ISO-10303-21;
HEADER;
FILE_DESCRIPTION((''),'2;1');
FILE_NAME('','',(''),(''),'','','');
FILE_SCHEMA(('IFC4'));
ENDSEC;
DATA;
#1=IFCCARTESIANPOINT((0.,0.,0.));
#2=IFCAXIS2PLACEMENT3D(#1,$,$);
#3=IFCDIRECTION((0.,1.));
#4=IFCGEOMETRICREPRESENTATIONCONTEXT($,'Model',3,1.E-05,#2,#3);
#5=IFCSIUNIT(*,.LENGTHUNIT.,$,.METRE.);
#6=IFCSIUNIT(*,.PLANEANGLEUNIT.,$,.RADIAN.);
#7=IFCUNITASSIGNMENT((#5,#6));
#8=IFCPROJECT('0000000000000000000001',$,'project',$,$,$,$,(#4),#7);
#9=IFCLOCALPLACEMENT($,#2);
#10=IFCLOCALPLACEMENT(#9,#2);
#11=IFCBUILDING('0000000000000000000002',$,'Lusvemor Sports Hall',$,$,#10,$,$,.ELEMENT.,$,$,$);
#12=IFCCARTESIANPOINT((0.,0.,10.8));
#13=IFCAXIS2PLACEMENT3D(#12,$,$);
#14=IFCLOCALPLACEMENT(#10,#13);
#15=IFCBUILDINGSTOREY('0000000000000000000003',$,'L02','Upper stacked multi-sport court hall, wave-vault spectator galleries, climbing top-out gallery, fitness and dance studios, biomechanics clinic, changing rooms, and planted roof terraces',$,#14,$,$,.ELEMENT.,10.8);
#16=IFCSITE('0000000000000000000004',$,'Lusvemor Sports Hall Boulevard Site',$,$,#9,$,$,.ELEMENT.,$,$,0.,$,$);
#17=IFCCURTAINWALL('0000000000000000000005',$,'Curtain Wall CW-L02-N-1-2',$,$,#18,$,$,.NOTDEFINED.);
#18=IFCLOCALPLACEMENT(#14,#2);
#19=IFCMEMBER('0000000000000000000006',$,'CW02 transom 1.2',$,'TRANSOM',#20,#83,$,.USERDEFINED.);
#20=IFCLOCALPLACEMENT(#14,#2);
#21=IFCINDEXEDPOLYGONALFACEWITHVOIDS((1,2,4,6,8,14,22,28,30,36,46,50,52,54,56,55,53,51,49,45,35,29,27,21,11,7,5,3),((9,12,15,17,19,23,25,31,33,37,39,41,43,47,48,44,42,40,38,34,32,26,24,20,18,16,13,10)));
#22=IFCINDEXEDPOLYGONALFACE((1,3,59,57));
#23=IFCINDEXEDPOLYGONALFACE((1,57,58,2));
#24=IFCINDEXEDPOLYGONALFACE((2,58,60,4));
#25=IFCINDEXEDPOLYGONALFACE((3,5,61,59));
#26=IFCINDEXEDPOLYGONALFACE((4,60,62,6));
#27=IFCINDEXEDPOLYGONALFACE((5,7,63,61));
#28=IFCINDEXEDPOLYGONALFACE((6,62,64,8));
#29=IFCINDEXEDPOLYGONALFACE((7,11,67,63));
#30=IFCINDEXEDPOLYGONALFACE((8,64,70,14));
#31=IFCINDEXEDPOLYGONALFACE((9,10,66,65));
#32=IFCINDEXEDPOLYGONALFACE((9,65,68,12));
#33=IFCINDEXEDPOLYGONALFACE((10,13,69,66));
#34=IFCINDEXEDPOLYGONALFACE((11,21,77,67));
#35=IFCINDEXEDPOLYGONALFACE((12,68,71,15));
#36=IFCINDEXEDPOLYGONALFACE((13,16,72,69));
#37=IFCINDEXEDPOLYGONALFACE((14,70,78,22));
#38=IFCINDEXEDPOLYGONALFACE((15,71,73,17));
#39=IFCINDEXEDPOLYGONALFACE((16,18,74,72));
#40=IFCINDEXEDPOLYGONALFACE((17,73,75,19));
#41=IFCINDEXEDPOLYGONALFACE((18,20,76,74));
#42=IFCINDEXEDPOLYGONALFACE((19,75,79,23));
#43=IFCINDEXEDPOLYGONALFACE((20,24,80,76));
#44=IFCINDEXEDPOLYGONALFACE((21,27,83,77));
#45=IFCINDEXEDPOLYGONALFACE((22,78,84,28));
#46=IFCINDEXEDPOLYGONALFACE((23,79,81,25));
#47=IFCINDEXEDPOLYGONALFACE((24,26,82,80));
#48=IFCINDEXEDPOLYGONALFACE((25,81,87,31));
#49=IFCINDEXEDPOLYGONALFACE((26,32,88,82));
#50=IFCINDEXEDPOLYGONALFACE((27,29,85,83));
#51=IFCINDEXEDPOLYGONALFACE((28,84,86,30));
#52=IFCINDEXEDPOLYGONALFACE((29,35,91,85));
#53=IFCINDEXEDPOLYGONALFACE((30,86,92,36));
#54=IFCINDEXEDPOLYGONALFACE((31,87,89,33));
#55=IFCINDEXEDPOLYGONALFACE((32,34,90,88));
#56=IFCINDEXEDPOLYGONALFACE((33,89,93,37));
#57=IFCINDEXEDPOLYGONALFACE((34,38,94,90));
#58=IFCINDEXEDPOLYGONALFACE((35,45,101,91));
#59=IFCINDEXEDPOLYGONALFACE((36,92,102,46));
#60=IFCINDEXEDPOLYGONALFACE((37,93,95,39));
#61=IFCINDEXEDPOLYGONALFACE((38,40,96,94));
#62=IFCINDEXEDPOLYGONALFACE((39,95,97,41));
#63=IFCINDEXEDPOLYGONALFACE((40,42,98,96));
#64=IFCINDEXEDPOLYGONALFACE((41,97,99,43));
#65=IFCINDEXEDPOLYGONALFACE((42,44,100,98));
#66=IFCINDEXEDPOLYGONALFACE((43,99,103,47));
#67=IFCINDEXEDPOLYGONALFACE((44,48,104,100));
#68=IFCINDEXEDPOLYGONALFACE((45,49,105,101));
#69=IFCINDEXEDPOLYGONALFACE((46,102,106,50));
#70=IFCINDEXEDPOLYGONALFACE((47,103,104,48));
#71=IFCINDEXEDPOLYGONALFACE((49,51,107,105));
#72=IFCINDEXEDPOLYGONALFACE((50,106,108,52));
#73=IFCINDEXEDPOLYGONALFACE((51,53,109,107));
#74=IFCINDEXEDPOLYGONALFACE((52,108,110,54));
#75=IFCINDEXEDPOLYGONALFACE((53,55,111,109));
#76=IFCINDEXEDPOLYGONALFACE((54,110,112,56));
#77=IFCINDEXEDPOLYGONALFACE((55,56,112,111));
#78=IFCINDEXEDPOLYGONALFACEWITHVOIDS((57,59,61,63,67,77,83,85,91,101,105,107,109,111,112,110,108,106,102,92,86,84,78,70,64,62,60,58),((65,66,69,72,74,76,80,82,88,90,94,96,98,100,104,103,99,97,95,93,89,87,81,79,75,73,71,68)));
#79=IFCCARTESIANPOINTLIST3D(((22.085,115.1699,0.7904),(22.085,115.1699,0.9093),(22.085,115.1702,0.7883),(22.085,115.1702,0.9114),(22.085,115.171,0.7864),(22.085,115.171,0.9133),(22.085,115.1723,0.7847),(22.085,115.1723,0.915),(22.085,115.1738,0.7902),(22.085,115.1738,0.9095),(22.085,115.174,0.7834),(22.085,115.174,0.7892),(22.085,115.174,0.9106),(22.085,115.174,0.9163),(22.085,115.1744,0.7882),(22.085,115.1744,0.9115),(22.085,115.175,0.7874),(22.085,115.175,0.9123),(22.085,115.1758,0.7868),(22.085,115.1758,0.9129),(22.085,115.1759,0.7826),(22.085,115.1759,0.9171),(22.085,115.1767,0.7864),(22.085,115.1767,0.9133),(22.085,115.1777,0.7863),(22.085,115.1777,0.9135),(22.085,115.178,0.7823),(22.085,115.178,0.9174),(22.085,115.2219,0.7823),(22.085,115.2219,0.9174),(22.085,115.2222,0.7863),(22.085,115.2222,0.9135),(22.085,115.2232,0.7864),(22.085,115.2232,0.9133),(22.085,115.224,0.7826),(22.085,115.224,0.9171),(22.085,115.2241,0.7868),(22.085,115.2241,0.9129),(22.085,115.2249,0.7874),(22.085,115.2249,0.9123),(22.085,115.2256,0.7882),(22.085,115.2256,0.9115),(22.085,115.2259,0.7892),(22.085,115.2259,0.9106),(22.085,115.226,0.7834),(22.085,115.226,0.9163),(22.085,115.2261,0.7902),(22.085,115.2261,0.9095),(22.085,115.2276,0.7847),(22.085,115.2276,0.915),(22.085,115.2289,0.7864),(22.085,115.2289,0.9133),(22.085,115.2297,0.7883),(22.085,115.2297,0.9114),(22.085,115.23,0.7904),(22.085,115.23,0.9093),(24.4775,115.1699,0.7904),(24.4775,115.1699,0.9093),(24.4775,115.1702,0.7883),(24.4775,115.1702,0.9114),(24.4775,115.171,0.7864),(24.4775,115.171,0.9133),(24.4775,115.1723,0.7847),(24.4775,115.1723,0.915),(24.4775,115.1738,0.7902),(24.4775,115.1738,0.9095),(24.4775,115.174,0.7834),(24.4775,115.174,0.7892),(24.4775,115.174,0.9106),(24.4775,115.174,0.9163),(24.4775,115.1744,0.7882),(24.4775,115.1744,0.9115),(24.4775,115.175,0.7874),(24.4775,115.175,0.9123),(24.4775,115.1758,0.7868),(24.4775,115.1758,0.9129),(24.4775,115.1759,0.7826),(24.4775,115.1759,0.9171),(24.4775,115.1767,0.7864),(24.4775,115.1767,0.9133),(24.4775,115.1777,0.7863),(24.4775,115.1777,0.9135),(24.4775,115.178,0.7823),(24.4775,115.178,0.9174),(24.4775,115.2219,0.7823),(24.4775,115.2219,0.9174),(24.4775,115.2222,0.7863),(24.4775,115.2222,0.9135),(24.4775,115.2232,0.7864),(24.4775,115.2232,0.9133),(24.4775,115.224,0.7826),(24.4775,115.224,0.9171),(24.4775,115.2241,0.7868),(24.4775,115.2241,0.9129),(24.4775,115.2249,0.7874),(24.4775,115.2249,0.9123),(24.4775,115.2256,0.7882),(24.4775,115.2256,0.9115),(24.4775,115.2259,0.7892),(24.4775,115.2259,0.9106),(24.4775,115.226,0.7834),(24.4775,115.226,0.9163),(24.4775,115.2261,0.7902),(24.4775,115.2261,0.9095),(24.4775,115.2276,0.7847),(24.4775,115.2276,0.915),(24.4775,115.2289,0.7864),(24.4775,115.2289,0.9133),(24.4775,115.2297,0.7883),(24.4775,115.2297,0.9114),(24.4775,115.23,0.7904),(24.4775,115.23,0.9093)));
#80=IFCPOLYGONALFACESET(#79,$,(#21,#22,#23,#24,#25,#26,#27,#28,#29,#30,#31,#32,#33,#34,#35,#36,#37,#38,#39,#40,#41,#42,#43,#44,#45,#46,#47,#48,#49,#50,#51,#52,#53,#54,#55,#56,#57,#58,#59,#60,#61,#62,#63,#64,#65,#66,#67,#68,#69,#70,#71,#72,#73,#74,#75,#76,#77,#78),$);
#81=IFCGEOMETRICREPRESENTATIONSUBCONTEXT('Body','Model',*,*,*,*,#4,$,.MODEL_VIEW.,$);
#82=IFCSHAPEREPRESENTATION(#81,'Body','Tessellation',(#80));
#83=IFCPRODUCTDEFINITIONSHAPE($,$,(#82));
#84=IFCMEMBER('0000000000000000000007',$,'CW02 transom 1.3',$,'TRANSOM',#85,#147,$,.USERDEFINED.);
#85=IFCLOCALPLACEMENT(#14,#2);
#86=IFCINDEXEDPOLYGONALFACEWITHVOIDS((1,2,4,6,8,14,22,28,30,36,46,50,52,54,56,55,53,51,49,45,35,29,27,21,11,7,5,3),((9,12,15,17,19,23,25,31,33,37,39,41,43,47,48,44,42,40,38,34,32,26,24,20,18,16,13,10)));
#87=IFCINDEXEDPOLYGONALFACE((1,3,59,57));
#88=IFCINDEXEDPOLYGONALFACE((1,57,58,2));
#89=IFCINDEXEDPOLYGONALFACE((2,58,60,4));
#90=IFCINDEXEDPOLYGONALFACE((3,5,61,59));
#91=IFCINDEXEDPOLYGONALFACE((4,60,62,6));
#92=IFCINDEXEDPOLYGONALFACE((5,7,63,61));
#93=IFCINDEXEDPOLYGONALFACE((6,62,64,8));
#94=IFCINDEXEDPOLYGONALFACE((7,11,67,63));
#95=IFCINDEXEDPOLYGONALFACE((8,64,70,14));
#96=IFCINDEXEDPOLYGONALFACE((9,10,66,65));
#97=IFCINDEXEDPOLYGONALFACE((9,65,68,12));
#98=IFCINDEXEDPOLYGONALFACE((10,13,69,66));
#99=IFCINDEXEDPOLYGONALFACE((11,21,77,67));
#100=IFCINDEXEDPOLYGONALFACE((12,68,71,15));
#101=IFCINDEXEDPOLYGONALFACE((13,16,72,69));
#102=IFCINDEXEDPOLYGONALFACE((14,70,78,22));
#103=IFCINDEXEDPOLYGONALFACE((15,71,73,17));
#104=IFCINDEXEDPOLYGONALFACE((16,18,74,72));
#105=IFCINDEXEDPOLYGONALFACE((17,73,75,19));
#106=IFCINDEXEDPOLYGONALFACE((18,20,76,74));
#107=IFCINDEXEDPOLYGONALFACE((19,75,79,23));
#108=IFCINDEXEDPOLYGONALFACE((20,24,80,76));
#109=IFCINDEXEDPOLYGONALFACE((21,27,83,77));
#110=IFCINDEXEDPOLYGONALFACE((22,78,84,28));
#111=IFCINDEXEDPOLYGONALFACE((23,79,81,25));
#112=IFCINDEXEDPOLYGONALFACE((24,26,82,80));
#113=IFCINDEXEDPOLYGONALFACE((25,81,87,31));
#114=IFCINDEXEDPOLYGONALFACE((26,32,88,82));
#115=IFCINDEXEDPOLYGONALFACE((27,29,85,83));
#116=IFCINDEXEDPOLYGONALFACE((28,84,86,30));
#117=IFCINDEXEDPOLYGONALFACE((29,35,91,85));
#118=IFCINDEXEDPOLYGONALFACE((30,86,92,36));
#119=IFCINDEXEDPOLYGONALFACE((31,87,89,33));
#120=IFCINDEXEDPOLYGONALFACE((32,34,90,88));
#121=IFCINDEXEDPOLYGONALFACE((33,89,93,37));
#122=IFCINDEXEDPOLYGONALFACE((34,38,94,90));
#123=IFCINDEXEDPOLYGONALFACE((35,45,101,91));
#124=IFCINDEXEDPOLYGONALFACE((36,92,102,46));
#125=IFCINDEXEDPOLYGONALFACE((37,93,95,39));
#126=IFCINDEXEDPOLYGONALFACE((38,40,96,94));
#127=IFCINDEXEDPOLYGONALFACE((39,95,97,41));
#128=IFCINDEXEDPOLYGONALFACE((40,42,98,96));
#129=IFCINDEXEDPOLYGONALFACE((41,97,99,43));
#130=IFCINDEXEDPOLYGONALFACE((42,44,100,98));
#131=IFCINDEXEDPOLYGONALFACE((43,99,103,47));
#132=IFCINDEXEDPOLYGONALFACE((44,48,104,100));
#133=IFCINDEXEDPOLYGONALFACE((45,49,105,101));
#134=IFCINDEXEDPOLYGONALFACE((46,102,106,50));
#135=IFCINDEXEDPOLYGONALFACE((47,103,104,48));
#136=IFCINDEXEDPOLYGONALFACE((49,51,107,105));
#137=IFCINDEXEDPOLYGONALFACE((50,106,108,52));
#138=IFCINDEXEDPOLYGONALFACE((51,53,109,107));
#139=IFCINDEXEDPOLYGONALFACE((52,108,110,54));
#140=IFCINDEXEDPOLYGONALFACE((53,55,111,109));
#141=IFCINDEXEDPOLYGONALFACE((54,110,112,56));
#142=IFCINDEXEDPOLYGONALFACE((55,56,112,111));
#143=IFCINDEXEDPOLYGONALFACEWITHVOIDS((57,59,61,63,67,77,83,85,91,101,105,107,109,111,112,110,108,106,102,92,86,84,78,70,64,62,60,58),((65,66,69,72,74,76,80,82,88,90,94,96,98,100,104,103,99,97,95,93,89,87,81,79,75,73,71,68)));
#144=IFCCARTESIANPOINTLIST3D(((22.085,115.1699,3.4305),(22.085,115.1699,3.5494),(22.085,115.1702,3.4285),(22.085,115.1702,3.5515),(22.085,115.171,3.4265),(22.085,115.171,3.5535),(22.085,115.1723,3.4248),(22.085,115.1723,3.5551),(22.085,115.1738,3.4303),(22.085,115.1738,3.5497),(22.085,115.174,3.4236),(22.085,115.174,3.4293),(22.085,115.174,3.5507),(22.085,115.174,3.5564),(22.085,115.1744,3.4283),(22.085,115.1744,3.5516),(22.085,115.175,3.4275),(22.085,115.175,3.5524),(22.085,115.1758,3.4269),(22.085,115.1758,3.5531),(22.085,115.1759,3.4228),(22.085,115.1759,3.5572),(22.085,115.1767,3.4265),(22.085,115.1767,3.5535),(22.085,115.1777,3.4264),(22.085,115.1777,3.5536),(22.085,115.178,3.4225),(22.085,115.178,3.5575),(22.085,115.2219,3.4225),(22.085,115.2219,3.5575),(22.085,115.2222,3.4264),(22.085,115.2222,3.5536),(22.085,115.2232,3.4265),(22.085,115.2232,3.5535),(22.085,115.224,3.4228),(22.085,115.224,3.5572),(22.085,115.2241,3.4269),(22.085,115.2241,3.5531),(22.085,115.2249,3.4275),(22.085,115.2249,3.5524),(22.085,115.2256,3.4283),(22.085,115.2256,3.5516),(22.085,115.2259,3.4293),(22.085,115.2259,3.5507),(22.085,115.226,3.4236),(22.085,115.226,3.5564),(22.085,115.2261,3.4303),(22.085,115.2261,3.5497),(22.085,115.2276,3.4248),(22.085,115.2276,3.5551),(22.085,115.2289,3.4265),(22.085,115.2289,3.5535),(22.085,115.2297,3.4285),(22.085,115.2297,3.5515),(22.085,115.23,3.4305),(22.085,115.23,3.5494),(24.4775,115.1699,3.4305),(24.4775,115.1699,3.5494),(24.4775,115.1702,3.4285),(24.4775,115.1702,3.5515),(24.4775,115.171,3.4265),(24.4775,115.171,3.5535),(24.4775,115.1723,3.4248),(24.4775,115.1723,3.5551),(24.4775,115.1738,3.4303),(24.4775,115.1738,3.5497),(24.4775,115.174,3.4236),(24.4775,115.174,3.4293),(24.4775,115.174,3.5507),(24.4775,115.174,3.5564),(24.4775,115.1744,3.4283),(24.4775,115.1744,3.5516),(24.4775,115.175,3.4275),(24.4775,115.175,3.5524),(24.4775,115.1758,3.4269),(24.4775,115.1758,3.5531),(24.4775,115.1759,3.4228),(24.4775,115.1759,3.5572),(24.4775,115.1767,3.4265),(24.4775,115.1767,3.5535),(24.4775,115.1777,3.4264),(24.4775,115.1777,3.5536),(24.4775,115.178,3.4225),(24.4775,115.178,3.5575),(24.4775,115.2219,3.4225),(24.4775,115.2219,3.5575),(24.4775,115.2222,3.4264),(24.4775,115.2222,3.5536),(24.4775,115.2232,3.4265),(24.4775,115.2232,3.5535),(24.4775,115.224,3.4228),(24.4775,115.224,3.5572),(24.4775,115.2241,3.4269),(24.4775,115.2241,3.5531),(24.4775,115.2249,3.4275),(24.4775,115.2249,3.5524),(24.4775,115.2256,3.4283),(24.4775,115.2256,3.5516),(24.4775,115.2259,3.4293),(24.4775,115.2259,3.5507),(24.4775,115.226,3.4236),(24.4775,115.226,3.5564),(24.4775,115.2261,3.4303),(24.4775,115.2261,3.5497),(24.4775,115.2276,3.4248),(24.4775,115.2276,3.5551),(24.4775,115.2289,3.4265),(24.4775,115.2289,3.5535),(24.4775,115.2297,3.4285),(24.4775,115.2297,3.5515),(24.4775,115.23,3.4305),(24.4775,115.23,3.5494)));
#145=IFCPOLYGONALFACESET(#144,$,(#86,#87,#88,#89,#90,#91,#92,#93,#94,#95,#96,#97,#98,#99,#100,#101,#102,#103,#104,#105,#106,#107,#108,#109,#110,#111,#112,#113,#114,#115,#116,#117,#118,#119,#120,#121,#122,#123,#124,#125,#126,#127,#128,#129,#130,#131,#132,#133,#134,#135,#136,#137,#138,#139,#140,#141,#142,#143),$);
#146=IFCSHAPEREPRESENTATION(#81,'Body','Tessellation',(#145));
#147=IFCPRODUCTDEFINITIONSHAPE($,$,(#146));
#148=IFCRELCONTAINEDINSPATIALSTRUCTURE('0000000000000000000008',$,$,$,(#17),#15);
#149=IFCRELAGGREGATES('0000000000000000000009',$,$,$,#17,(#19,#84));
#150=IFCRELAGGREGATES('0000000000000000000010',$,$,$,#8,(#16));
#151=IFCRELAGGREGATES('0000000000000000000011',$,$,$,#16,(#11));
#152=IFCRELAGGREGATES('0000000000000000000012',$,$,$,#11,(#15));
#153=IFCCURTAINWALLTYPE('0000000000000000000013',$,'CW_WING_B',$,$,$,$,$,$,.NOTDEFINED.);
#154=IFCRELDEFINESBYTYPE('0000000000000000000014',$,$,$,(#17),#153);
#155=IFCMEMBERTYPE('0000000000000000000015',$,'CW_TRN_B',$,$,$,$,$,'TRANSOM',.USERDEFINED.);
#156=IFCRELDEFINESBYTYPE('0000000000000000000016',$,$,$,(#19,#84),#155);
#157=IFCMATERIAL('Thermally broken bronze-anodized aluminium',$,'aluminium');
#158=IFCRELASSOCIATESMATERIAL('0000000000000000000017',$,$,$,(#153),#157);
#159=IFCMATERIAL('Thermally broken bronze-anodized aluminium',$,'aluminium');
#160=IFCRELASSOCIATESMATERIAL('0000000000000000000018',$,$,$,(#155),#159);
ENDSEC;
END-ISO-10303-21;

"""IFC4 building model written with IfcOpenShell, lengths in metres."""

from ifc_helpers import new_model, si_unit, direction, frame, origin, origin_2d, place, context, subcontext, project, spatial, hollow_rectangle, extrude, material, material_profile, profile_set, type_object, element, aggregate, save


model = new_model("IFC4")

# Units and contexts
model_context = context("Model", 3, precision=1e-05, world=origin(), true_north=direction((0.0, 1.0)))
body_context = subcontext(model_context, "Body", "Model", "MODEL_VIEW")
ifc_project = project(units=[si_unit("LENGTHUNIT", "METRE"), si_unit("PLANEANGLEUNIT", "RADIAN")], contexts=[model_context])

# Site, building, storey
site_placement = place(None, origin())
site = spatial("IfcSite", under=ifc_project, at=site_placement, Name="Lusvemor Sports Hall Boulevard Site", CompositionType="ELEMENT", RefElevation=0.0)
building_placement = place(site_placement, origin())
building = spatial("IfcBuilding", under=site, at=building_placement, Name="Lusvemor Sports Hall", CompositionType="ELEMENT")
storey_placement = place(building_placement, frame((0.0, 0.0, 10.8)))
storey = spatial("IfcBuildingStorey", under=building, at=storey_placement, Name="L02", Description="Upper stacked multi-sport court hall, wave-vault spectator galleries, climbing top-out gallery, fitness and dance studios, biomechanics clinic, changing rooms, and planted roof terraces", CompositionType="ELEMENT", Elevation=10.8)

# Curtain wall
ifc_material_1 = material(Name="Thermally broken bronze-anodized aluminium", Category="aluminium")
curtain_wall_type = type_object("IfcCurtainWallType", Name="CW_WING_B", PredefinedType="NOTDEFINED", material=ifc_material_1)
curtain_wall_1_placement = place(storey_placement, origin())
curtain_wall_1 = element("IfcCurtainWall", 1, at=curtain_wall_1_placement, inside=storey, type_object=curtain_wall_type, Name="Curtain Wall CW-L02-N-1-2", PredefinedType="NOTDEFINED")

# Members
ifc_material_2 = material(Name="Thermally broken bronze-anodized aluminium", Category="aluminium")
ifc_material_profile_1 = material_profile(ifc_material_2, hollow_rectangle(XDim=0.0601, YDim=0.135, WallThickness=0.0039, InnerFilletRadius=0.0039, OuterFilletRadius=0.0081, at=origin_2d()), Name="CWTRN135x60x4")
ifc_profile_set_1 = profile_set([ifc_material_profile_1], Name="Thermally broken bronze-anodized aluminium")
member_type_1 = type_object("IfcMemberType", Name="CW_TRN_B", ElementType="TRANSOM", PredefinedType="USERDEFINED", material=ifc_profile_set_1)
member_1_placement = place(storey_placement, frame((22.085, 115.2, 0.8499), z_axis=(1.0, 0.0, 0.0), x_axis=(0.0, 1.0, 0.0)))
member_1 = element("IfcMember", 2, at=member_1_placement, type_object=member_type_1, Name="CW02 transom 1.2", ObjectType="TRANSOM", PredefinedType="USERDEFINED", context=body_context, shape_type="SweptSolid", body=[
    extrude(hollow_rectangle(XDim=0.0601, YDim=0.135, WallThickness=0.0039, InnerFilletRadius=0.0039, OuterFilletRadius=0.0081, at=origin_2d()), origin(), (0.0, 0.0, 1.0), 2.3926),
])
member_2_placement = place(storey_placement, frame((22.085, 115.2, 3.49), z_axis=(1.0, 0.0, 0.0), x_axis=(0.0, 1.0, 0.0)))
member_2 = element("IfcMember", 3, at=member_2_placement, type_object=member_type_1, Name="CW02 transom 1.3", ObjectType="TRANSOM", PredefinedType="USERDEFINED", context=body_context, shape_type="SweptSolid", body=[
    extrude(hollow_rectangle(XDim=0.0601, YDim=0.135, WallThickness=0.0039, InnerFilletRadius=0.0039, OuterFilletRadius=0.0081, at=origin_2d()), origin(), (0.0, 0.0, 1.0), 2.3926),
])

aggregate(curtain_wall_1, [member_1, member_2])

save(model, "model.ifc")
